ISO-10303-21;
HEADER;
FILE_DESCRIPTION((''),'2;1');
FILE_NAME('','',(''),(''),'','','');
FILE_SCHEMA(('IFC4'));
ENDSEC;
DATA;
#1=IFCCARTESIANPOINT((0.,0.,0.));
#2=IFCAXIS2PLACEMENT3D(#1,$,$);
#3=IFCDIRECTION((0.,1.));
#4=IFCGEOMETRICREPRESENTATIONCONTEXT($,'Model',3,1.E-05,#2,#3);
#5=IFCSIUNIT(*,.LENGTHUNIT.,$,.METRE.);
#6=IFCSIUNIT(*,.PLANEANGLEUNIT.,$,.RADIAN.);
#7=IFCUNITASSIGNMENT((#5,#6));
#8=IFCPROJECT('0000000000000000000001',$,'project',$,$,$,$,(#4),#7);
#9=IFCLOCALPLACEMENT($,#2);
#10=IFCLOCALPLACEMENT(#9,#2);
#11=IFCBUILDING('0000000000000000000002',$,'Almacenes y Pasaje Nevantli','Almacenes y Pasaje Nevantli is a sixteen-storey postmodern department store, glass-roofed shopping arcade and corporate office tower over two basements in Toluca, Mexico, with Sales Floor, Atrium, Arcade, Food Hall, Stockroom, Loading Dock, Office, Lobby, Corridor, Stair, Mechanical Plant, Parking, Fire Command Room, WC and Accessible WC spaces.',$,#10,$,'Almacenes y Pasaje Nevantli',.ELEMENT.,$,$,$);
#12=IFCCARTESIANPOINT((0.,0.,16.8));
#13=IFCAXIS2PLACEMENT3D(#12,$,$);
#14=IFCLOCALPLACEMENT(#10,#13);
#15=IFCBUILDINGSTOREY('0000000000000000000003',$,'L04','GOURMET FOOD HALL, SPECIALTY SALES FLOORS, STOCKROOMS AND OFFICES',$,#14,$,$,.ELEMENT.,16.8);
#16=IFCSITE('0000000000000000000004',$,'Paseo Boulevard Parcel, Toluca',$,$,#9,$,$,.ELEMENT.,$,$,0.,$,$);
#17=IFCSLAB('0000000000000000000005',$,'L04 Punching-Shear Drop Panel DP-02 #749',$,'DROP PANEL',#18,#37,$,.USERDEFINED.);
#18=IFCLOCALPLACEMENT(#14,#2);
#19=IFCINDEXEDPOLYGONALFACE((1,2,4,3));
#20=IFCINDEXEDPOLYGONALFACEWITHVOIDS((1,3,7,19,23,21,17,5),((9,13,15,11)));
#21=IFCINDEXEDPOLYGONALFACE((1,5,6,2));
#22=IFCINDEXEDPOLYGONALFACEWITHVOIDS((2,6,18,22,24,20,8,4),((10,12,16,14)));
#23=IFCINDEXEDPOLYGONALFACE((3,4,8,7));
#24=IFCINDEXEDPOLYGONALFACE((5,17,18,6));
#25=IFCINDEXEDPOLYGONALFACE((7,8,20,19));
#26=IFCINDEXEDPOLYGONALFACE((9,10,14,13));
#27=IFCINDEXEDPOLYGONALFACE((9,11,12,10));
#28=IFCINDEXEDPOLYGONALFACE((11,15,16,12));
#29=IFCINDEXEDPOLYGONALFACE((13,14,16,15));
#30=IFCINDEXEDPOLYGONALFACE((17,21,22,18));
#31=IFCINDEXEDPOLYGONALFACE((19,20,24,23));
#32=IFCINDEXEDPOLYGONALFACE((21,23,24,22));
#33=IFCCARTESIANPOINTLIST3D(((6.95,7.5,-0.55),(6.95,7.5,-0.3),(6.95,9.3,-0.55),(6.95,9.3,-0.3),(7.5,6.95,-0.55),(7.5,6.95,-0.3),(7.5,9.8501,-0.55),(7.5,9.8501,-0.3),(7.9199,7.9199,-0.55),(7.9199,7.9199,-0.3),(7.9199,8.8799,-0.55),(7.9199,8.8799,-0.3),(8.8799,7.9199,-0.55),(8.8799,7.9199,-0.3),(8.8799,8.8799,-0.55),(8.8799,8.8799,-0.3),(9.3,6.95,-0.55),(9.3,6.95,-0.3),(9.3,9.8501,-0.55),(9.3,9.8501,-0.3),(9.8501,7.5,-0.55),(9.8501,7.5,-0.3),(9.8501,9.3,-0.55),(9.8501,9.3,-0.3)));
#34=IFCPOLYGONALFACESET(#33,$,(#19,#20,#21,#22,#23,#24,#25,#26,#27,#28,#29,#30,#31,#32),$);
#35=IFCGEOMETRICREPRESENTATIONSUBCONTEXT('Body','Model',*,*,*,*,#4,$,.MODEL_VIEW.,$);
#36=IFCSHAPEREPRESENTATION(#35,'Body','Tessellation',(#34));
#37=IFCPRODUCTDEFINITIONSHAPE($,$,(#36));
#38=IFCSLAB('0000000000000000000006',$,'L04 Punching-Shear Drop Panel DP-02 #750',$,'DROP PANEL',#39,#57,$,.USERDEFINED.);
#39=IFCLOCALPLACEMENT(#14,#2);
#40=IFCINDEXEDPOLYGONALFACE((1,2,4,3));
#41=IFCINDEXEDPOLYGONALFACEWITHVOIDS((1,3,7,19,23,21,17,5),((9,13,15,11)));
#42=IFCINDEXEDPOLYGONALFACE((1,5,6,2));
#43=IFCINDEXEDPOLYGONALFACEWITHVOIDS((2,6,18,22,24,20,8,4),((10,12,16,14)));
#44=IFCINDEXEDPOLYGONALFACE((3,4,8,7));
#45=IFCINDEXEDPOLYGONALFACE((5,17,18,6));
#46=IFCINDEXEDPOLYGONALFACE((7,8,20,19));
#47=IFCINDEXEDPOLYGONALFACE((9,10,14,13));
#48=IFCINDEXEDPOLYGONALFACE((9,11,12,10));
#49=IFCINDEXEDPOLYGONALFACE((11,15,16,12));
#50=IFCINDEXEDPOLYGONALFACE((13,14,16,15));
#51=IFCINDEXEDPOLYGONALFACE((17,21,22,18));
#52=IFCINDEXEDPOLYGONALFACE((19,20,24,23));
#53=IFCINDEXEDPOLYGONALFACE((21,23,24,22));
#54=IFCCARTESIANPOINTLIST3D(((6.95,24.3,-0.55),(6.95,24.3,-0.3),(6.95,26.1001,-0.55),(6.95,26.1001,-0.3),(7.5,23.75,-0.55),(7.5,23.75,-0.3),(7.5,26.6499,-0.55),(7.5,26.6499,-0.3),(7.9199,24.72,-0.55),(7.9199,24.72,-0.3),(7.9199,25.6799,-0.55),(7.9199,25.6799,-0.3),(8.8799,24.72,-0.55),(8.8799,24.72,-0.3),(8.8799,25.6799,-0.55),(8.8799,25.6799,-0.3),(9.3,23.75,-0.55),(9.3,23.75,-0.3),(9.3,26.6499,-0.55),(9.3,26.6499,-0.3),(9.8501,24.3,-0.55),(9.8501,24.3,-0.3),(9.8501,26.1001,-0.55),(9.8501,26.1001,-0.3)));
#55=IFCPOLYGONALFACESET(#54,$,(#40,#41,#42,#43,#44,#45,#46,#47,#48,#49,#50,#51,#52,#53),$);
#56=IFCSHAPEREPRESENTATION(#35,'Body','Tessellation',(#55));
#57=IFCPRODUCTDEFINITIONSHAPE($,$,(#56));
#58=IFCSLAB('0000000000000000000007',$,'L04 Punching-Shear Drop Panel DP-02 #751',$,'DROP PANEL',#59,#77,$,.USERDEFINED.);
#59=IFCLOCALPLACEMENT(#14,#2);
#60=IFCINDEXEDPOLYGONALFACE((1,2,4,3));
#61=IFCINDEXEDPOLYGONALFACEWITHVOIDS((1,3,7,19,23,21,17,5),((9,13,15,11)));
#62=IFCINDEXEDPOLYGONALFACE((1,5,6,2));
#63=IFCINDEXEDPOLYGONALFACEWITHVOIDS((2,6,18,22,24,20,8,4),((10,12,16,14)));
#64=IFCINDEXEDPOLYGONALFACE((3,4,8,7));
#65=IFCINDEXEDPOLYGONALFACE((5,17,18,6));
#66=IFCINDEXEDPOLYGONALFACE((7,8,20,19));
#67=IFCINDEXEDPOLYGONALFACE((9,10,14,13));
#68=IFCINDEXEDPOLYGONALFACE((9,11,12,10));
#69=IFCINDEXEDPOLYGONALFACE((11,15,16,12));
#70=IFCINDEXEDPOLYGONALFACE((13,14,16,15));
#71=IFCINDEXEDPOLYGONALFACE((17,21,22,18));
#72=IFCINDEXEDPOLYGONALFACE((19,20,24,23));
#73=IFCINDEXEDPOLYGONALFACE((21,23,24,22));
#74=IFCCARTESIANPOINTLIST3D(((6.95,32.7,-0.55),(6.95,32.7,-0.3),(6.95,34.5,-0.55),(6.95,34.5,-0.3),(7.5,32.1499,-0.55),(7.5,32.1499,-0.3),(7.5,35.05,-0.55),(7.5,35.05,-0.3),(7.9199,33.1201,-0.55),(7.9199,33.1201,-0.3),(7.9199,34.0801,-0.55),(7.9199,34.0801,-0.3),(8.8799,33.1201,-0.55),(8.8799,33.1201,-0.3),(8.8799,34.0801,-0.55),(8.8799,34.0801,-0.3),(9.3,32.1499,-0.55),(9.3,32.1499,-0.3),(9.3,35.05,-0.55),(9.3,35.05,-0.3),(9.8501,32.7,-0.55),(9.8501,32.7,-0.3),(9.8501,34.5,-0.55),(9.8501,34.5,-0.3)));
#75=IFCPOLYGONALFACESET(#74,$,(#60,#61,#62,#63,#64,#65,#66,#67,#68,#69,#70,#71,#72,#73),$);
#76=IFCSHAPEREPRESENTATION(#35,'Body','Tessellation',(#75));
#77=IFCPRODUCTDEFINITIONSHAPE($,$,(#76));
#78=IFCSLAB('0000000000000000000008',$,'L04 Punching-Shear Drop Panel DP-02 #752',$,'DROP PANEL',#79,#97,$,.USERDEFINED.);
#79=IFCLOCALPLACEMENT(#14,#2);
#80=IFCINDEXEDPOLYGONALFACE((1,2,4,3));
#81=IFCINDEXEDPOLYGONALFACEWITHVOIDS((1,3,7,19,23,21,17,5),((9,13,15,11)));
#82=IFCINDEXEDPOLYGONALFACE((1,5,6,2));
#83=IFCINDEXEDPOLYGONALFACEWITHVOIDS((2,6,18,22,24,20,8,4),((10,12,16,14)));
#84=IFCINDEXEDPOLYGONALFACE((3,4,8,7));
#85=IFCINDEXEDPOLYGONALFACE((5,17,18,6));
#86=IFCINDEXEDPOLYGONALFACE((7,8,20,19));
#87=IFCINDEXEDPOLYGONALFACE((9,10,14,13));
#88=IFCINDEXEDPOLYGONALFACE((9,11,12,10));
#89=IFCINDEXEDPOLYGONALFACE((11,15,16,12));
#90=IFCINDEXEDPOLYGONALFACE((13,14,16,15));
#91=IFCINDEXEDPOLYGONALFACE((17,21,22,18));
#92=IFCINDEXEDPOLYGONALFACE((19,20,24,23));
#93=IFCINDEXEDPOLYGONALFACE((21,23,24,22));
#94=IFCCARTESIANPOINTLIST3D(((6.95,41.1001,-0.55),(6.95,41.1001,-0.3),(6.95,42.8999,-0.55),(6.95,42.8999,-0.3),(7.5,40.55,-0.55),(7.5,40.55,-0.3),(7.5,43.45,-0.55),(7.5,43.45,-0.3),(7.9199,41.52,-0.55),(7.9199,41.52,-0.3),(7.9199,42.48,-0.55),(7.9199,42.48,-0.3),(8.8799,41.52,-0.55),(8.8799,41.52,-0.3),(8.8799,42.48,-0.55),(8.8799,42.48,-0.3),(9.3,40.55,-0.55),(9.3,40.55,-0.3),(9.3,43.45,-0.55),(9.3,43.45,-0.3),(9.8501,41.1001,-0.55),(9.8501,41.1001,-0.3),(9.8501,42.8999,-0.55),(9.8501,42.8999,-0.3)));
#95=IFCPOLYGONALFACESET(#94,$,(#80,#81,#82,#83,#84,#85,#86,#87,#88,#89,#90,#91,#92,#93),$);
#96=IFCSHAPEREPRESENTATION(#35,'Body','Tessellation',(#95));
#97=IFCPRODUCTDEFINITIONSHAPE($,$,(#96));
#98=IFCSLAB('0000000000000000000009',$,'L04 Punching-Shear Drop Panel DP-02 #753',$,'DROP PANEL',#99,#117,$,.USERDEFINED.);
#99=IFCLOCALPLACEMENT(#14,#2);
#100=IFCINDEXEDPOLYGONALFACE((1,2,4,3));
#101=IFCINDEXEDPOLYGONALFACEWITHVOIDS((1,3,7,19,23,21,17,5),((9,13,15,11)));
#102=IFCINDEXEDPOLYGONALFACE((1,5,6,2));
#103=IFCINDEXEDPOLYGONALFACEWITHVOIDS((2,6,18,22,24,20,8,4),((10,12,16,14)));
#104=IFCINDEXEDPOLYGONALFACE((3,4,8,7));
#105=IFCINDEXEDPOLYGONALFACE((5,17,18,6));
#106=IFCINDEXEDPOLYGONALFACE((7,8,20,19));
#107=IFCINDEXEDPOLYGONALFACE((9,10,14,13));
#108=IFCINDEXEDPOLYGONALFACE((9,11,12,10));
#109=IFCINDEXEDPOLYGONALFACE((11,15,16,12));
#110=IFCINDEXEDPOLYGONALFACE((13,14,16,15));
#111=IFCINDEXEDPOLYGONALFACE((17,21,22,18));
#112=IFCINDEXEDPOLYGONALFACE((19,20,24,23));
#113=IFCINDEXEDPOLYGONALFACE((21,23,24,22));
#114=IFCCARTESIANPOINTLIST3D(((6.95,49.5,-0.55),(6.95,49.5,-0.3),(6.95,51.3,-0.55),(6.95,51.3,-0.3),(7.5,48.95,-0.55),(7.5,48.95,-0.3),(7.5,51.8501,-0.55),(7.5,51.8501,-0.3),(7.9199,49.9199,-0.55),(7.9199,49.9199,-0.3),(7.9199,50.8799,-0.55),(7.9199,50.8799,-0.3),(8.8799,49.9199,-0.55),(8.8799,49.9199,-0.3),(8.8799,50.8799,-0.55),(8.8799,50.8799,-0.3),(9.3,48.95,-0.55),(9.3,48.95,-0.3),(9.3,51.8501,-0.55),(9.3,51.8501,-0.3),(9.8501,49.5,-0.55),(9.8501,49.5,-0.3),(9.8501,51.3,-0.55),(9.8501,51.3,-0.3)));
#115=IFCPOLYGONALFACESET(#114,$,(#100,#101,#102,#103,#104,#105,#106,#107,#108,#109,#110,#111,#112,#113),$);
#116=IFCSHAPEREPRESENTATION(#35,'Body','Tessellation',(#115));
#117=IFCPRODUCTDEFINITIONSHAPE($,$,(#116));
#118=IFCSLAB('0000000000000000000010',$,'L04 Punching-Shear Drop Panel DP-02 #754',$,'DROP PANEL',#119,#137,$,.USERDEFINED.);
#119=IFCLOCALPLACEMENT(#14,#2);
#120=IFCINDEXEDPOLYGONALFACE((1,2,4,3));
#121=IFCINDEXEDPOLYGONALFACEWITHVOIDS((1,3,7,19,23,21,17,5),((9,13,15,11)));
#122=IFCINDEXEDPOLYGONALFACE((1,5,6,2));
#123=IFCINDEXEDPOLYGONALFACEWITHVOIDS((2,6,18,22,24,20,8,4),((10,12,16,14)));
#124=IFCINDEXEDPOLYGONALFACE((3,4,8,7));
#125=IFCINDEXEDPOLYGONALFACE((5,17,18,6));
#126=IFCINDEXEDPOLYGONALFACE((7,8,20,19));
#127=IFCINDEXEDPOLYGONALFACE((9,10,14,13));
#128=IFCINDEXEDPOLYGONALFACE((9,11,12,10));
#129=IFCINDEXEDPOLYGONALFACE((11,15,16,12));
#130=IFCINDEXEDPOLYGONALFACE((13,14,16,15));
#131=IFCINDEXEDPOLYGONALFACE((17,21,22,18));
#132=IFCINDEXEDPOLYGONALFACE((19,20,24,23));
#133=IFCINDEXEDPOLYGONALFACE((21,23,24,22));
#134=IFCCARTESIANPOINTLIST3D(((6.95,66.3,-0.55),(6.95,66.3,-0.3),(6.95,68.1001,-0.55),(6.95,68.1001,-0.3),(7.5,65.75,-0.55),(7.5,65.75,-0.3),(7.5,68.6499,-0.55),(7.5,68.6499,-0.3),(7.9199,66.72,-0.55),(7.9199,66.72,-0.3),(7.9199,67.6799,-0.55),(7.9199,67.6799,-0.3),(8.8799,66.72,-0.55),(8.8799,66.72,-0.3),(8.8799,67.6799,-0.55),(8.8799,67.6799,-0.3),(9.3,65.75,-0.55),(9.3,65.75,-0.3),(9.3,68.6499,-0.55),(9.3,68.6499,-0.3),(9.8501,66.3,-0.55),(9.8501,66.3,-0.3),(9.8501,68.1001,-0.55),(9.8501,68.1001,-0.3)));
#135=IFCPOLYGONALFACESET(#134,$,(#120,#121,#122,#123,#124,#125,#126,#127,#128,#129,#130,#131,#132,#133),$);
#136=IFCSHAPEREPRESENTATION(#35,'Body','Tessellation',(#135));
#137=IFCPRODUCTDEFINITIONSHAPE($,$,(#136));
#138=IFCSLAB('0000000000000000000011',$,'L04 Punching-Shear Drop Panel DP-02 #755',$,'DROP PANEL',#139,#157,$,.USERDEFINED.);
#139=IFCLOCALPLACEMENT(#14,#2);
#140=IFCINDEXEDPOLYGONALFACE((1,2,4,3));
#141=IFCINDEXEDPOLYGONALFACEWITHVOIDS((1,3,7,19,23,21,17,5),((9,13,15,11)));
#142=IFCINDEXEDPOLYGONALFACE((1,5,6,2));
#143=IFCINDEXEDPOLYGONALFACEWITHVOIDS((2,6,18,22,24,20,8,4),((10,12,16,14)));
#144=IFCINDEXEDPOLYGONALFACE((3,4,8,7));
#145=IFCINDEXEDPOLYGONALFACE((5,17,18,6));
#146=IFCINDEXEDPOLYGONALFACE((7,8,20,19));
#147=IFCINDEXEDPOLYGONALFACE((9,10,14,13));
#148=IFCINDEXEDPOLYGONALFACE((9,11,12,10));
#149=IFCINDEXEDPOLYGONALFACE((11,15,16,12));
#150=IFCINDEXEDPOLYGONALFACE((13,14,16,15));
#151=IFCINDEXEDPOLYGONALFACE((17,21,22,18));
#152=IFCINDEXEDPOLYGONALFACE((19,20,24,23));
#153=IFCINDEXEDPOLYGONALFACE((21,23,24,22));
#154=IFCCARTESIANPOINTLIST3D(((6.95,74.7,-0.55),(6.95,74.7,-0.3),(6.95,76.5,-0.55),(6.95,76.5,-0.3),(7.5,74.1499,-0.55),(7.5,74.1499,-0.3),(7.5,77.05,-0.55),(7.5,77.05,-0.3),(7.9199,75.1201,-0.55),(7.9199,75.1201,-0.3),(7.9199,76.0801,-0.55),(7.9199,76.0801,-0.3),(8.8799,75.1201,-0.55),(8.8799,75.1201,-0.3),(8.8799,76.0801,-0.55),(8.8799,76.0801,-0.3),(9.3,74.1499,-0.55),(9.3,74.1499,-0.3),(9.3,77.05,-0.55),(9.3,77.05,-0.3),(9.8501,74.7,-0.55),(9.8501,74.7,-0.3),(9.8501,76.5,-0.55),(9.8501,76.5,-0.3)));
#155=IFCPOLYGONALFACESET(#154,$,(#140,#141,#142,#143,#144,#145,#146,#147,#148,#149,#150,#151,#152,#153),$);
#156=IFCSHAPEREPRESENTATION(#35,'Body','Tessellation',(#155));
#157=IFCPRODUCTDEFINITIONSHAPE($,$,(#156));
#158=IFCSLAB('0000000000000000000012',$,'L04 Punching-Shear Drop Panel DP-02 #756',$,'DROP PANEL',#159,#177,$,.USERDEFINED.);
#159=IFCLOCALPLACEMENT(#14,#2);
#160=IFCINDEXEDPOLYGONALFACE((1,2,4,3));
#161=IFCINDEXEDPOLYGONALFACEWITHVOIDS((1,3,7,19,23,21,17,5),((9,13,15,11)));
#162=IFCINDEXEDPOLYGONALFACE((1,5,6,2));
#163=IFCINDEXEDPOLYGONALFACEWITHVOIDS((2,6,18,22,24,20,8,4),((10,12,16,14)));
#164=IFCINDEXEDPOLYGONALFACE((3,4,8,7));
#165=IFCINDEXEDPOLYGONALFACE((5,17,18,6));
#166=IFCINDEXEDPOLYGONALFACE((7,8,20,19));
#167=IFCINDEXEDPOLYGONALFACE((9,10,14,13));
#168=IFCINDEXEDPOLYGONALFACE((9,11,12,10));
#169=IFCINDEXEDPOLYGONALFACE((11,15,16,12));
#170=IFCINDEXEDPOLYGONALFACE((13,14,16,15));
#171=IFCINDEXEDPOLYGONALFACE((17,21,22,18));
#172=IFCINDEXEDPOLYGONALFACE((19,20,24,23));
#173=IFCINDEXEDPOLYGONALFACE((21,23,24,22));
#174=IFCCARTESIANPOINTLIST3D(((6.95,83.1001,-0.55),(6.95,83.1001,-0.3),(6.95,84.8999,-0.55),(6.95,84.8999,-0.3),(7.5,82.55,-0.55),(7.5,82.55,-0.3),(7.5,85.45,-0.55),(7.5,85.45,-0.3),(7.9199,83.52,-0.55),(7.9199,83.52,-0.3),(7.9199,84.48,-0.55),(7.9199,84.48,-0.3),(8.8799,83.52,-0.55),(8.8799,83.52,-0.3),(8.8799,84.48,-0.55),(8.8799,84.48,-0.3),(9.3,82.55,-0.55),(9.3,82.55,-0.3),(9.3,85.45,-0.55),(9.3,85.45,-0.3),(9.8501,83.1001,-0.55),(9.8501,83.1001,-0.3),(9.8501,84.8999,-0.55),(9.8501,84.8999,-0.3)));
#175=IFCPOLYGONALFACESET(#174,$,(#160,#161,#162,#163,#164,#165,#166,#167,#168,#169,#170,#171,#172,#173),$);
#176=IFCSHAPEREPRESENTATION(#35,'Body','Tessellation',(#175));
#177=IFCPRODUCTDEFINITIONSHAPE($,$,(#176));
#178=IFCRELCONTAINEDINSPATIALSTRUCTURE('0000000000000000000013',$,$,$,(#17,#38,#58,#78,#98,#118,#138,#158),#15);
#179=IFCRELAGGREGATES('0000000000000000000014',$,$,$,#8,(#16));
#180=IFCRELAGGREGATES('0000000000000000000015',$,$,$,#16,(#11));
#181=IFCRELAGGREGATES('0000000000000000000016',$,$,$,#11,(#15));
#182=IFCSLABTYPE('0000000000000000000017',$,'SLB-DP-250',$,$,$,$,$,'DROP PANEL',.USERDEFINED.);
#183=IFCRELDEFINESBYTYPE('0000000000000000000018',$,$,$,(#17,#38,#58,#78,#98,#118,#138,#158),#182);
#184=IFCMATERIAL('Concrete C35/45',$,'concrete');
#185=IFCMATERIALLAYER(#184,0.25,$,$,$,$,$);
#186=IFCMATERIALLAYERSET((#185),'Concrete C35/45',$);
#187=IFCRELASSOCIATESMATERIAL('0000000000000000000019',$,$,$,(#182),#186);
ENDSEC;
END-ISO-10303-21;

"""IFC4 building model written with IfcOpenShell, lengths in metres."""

from ifc_helpers import new_model, si_unit, direction, frame, origin, place, context, subcontext, project, spatial, polyline, outline, extrude, material, layer, layer_set, type_object, element, save


model = new_model("IFC4")

# Units and contexts
model_context = context("Model", 3, precision=1e-05, world=origin(), true_north=direction((0.0, 1.0)))
body_context = subcontext(model_context, "Body", "Model", "MODEL_VIEW")
ifc_project = project(units=[si_unit("LENGTHUNIT", "METRE"), si_unit("PLANEANGLEUNIT", "RADIAN")], contexts=[model_context])

# Site, building, storey
site_placement = place(None, origin())
site = spatial("IfcSite", under=ifc_project, at=site_placement, Name="Paseo Boulevard Parcel, Toluca", CompositionType="ELEMENT", RefElevation=0.0)
building_placement = place(site_placement, origin())
building = spatial("IfcBuilding", under=site, at=building_placement, Name="Almacenes y Pasaje Nevantli", Description="Almacenes y Pasaje Nevantli is a sixteen-storey postmodern department store, glass-roofed shopping arcade and corporate office tower over two basements in Toluca, Mexico, with Sales Floor, Atrium, Arcade, Food Hall, Stockroom, Loading Dock, Office, Lobby, Corridor, Stair, Mechanical Plant, Parking, Fire Command Room, WC and Accessible WC spaces.", LongName="Almacenes y Pasaje Nevantli", CompositionType="ELEMENT")
storey_placement = place(building_placement, frame((0.0, 0.0, 16.8)))
storey = spatial("IfcBuildingStorey", under=building, at=storey_placement, Name="L04", Description="GOURMET FOOD HALL, SPECIALTY SALES FLOORS, STOCKROOMS AND OFFICES", CompositionType="ELEMENT", Elevation=16.8)

# Slabs
ifc_material = material(Name="Concrete C35/45", Category="concrete")
ifc_layer = layer(ifc_material, 0.25)
ifc_layer_set = layer_set([ifc_layer], Name="Concrete C35/45")
slab_type = type_object("IfcSlabType", Name="SLB-DP-250", ElementType="DROP PANEL", PredefinedType="USERDEFINED", material=ifc_layer_set)
slab_1_placement = place(storey_placement, frame((0.0, 0.0, -0.55)))
element("IfcSlab", 1, at=slab_1_placement, inside=storey, type_object=slab_type, Name="L04 Punching-Shear Drop Panel DP-02 #749", ObjectType="DROP PANEL", PredefinedType="USERDEFINED", context=body_context, shape_type="SweptSolid", body=[
    extrude(outline(polyline([(7.5, 6.95), (9.3, 6.95), (9.8501, 7.5), (9.8501, 9.3), (9.3, 9.8501), (7.5, 9.8501), (6.95, 9.3), (6.95, 7.5), (7.5, 6.95)]), holes=[polyline([(7.9199, 7.9199), (8.8799, 7.9199), (8.8799, 8.8799), (7.9199, 8.8799), (7.9199, 7.9199)])]), origin(), (0.0, 0.0, 1.0), 0.25),
])
slab_2_placement = place(storey_placement, frame((0.0, 0.0, -0.55)))
element("IfcSlab", 2, at=slab_2_placement, inside=storey, type_object=slab_type, Name="L04 Punching-Shear Drop Panel DP-02 #750", ObjectType="DROP PANEL", PredefinedType="USERDEFINED", context=body_context, shape_type="SweptSolid", body=[
    extrude(outline(polyline([(7.5, 23.75), (9.3, 23.75), (9.8501, 24.3), (9.8501, 26.1001), (9.3, 26.6499), (7.5, 26.6499), (6.95, 26.1001), (6.95, 24.3), (7.5, 23.75)]), holes=[polyline([(7.9199, 24.72), (8.8799, 24.72), (8.8799, 25.6799), (7.9199, 25.6799), (7.9199, 24.72)])]), origin(), (0.0, 0.0, 1.0), 0.25),
])
slab_3_placement = place(storey_placement, frame((0.0, 0.0, -0.55)))
element("IfcSlab", 3, at=slab_3_placement, inside=storey, type_object=slab_type, Name="L04 Punching-Shear Drop Panel DP-02 #751", ObjectType="DROP PANEL", PredefinedType="USERDEFINED", context=body_context, shape_type="SweptSolid", body=[
    extrude(outline(polyline([(7.5, 32.1499), (9.3, 32.1499), (9.8501, 32.7), (9.8501, 34.5), (9.3, 35.05), (7.5, 35.05), (6.95, 34.5), (6.95, 32.7), (7.5, 32.1499)]), holes=[polyline([(7.9199, 33.1201), (8.8799, 33.1201), (8.8799, 34.0801), (7.9199, 34.0801), (7.9199, 33.1201)])]), origin(), (0.0, 0.0, 1.0), 0.25),
])
slab_4_placement = place(storey_placement, frame((0.0, 0.0, -0.55)))
element("IfcSlab", 4, at=slab_4_placement, inside=storey, type_object=slab_type, Name="L04 Punching-Shear Drop Panel DP-02 #752", ObjectType="DROP PANEL", PredefinedType="USERDEFINED", context=body_context, shape_type="SweptSolid", body=[
    extrude(outline(polyline([(7.5, 40.55), (9.3, 40.55), (9.8501, 41.1001), (9.8501, 42.8999), (9.3, 43.45), (7.5, 43.45), (6.95, 42.8999), (6.95, 41.1001), (7.5, 40.55)]), holes=[polyline([(7.9199, 41.52), (8.8799, 41.52), (8.8799, 42.48), (7.9199, 42.48), (7.9199, 41.52)])]), origin(), (0.0, 0.0, 1.0), 0.25),
])
slab_5_placement = place(storey_placement, frame((0.0, 0.0, -0.55)))
element("IfcSlab", 5, at=slab_5_placement, inside=storey, type_object=slab_type, Name="L04 Punching-Shear Drop Panel DP-02 #753", ObjectType="DROP PANEL", PredefinedType="USERDEFINED", context=body_context, shape_type="SweptSolid", body=[
    extrude(outline(polyline([(7.5, 48.95), (9.3, 48.95), (9.8501, 49.5), (9.8501, 51.3), (9.3, 51.8501), (7.5, 51.8501), (6.95, 51.3), (6.95, 49.5), (7.5, 48.95)]), holes=[polyline([(7.9199, 49.9199), (8.8799, 49.9199), (8.8799, 50.8799), (7.9199, 50.8799), (7.9199, 49.9199)])]), origin(), (0.0, 0.0, 1.0), 0.25),
])
slab_6_placement = place(storey_placement, frame((0.0, 0.0, -0.55)))
element("IfcSlab", 6, at=slab_6_placement, inside=storey, type_object=slab_type, Name="L04 Punching-Shear Drop Panel DP-02 #754", ObjectType="DROP PANEL", PredefinedType="USERDEFINED", context=body_context, shape_type="SweptSolid", body=[
    extrude(outline(polyline([(7.5, 65.75), (9.3, 65.75), (9.8501, 66.3), (9.8501, 68.1001), (9.3, 68.6499), (7.5, 68.6499), (6.95, 68.1001), (6.95, 66.3), (7.5, 65.75)]), holes=[polyline([(7.9199, 66.72), (8.8799, 66.72), (8.8799, 67.6799), (7.9199, 67.6799), (7.9199, 66.72)])]), origin(), (0.0, 0.0, 1.0), 0.25),
])
slab_7_placement = place(storey_placement, frame((0.0, 0.0, -0.55)))
element("IfcSlab", 7, at=slab_7_placement, inside=storey, type_object=slab_type, Name="L04 Punching-Shear Drop Panel DP-02 #755", ObjectType="DROP PANEL", PredefinedType="USERDEFINED", context=body_context, shape_type="SweptSolid", body=[
    extrude(outline(polyline([(7.5, 74.1499), (9.3, 74.1499), (9.8501, 74.7), (9.8501, 76.5), (9.3, 77.05), (7.5, 77.05), (6.95, 76.5), (6.95, 74.7), (7.5, 74.1499)]), holes=[polyline([(7.9199, 75.1201), (8.8799, 75.1201), (8.8799, 76.0801), (7.9199, 76.0801), (7.9199, 75.1201)])]), origin(), (0.0, 0.0, 1.0), 0.25),
])
slab_8_placement = place(storey_placement, frame((0.0, 0.0, -0.55)))
element("IfcSlab", 8, at=slab_8_placement, inside=storey, type_object=slab_type, Name="L04 Punching-Shear Drop Panel DP-02 #756", ObjectType="DROP PANEL", PredefinedType="USERDEFINED", context=body_context, shape_type="SweptSolid", body=[
    extrude(outline(polyline([(7.5, 82.55), (9.3, 82.55), (9.8501, 83.1001), (9.8501, 84.8999), (9.3, 85.45), (7.5, 85.45), (6.95, 84.8999), (6.95, 83.1001), (7.5, 82.55)]), holes=[polyline([(7.9199, 83.52), (8.8799, 83.52), (8.8799, 84.48), (7.9199, 84.48), (7.9199, 83.52)])]), origin(), (0.0, 0.0, 1.0), 0.25),
])

save(model, "model.ifc")
